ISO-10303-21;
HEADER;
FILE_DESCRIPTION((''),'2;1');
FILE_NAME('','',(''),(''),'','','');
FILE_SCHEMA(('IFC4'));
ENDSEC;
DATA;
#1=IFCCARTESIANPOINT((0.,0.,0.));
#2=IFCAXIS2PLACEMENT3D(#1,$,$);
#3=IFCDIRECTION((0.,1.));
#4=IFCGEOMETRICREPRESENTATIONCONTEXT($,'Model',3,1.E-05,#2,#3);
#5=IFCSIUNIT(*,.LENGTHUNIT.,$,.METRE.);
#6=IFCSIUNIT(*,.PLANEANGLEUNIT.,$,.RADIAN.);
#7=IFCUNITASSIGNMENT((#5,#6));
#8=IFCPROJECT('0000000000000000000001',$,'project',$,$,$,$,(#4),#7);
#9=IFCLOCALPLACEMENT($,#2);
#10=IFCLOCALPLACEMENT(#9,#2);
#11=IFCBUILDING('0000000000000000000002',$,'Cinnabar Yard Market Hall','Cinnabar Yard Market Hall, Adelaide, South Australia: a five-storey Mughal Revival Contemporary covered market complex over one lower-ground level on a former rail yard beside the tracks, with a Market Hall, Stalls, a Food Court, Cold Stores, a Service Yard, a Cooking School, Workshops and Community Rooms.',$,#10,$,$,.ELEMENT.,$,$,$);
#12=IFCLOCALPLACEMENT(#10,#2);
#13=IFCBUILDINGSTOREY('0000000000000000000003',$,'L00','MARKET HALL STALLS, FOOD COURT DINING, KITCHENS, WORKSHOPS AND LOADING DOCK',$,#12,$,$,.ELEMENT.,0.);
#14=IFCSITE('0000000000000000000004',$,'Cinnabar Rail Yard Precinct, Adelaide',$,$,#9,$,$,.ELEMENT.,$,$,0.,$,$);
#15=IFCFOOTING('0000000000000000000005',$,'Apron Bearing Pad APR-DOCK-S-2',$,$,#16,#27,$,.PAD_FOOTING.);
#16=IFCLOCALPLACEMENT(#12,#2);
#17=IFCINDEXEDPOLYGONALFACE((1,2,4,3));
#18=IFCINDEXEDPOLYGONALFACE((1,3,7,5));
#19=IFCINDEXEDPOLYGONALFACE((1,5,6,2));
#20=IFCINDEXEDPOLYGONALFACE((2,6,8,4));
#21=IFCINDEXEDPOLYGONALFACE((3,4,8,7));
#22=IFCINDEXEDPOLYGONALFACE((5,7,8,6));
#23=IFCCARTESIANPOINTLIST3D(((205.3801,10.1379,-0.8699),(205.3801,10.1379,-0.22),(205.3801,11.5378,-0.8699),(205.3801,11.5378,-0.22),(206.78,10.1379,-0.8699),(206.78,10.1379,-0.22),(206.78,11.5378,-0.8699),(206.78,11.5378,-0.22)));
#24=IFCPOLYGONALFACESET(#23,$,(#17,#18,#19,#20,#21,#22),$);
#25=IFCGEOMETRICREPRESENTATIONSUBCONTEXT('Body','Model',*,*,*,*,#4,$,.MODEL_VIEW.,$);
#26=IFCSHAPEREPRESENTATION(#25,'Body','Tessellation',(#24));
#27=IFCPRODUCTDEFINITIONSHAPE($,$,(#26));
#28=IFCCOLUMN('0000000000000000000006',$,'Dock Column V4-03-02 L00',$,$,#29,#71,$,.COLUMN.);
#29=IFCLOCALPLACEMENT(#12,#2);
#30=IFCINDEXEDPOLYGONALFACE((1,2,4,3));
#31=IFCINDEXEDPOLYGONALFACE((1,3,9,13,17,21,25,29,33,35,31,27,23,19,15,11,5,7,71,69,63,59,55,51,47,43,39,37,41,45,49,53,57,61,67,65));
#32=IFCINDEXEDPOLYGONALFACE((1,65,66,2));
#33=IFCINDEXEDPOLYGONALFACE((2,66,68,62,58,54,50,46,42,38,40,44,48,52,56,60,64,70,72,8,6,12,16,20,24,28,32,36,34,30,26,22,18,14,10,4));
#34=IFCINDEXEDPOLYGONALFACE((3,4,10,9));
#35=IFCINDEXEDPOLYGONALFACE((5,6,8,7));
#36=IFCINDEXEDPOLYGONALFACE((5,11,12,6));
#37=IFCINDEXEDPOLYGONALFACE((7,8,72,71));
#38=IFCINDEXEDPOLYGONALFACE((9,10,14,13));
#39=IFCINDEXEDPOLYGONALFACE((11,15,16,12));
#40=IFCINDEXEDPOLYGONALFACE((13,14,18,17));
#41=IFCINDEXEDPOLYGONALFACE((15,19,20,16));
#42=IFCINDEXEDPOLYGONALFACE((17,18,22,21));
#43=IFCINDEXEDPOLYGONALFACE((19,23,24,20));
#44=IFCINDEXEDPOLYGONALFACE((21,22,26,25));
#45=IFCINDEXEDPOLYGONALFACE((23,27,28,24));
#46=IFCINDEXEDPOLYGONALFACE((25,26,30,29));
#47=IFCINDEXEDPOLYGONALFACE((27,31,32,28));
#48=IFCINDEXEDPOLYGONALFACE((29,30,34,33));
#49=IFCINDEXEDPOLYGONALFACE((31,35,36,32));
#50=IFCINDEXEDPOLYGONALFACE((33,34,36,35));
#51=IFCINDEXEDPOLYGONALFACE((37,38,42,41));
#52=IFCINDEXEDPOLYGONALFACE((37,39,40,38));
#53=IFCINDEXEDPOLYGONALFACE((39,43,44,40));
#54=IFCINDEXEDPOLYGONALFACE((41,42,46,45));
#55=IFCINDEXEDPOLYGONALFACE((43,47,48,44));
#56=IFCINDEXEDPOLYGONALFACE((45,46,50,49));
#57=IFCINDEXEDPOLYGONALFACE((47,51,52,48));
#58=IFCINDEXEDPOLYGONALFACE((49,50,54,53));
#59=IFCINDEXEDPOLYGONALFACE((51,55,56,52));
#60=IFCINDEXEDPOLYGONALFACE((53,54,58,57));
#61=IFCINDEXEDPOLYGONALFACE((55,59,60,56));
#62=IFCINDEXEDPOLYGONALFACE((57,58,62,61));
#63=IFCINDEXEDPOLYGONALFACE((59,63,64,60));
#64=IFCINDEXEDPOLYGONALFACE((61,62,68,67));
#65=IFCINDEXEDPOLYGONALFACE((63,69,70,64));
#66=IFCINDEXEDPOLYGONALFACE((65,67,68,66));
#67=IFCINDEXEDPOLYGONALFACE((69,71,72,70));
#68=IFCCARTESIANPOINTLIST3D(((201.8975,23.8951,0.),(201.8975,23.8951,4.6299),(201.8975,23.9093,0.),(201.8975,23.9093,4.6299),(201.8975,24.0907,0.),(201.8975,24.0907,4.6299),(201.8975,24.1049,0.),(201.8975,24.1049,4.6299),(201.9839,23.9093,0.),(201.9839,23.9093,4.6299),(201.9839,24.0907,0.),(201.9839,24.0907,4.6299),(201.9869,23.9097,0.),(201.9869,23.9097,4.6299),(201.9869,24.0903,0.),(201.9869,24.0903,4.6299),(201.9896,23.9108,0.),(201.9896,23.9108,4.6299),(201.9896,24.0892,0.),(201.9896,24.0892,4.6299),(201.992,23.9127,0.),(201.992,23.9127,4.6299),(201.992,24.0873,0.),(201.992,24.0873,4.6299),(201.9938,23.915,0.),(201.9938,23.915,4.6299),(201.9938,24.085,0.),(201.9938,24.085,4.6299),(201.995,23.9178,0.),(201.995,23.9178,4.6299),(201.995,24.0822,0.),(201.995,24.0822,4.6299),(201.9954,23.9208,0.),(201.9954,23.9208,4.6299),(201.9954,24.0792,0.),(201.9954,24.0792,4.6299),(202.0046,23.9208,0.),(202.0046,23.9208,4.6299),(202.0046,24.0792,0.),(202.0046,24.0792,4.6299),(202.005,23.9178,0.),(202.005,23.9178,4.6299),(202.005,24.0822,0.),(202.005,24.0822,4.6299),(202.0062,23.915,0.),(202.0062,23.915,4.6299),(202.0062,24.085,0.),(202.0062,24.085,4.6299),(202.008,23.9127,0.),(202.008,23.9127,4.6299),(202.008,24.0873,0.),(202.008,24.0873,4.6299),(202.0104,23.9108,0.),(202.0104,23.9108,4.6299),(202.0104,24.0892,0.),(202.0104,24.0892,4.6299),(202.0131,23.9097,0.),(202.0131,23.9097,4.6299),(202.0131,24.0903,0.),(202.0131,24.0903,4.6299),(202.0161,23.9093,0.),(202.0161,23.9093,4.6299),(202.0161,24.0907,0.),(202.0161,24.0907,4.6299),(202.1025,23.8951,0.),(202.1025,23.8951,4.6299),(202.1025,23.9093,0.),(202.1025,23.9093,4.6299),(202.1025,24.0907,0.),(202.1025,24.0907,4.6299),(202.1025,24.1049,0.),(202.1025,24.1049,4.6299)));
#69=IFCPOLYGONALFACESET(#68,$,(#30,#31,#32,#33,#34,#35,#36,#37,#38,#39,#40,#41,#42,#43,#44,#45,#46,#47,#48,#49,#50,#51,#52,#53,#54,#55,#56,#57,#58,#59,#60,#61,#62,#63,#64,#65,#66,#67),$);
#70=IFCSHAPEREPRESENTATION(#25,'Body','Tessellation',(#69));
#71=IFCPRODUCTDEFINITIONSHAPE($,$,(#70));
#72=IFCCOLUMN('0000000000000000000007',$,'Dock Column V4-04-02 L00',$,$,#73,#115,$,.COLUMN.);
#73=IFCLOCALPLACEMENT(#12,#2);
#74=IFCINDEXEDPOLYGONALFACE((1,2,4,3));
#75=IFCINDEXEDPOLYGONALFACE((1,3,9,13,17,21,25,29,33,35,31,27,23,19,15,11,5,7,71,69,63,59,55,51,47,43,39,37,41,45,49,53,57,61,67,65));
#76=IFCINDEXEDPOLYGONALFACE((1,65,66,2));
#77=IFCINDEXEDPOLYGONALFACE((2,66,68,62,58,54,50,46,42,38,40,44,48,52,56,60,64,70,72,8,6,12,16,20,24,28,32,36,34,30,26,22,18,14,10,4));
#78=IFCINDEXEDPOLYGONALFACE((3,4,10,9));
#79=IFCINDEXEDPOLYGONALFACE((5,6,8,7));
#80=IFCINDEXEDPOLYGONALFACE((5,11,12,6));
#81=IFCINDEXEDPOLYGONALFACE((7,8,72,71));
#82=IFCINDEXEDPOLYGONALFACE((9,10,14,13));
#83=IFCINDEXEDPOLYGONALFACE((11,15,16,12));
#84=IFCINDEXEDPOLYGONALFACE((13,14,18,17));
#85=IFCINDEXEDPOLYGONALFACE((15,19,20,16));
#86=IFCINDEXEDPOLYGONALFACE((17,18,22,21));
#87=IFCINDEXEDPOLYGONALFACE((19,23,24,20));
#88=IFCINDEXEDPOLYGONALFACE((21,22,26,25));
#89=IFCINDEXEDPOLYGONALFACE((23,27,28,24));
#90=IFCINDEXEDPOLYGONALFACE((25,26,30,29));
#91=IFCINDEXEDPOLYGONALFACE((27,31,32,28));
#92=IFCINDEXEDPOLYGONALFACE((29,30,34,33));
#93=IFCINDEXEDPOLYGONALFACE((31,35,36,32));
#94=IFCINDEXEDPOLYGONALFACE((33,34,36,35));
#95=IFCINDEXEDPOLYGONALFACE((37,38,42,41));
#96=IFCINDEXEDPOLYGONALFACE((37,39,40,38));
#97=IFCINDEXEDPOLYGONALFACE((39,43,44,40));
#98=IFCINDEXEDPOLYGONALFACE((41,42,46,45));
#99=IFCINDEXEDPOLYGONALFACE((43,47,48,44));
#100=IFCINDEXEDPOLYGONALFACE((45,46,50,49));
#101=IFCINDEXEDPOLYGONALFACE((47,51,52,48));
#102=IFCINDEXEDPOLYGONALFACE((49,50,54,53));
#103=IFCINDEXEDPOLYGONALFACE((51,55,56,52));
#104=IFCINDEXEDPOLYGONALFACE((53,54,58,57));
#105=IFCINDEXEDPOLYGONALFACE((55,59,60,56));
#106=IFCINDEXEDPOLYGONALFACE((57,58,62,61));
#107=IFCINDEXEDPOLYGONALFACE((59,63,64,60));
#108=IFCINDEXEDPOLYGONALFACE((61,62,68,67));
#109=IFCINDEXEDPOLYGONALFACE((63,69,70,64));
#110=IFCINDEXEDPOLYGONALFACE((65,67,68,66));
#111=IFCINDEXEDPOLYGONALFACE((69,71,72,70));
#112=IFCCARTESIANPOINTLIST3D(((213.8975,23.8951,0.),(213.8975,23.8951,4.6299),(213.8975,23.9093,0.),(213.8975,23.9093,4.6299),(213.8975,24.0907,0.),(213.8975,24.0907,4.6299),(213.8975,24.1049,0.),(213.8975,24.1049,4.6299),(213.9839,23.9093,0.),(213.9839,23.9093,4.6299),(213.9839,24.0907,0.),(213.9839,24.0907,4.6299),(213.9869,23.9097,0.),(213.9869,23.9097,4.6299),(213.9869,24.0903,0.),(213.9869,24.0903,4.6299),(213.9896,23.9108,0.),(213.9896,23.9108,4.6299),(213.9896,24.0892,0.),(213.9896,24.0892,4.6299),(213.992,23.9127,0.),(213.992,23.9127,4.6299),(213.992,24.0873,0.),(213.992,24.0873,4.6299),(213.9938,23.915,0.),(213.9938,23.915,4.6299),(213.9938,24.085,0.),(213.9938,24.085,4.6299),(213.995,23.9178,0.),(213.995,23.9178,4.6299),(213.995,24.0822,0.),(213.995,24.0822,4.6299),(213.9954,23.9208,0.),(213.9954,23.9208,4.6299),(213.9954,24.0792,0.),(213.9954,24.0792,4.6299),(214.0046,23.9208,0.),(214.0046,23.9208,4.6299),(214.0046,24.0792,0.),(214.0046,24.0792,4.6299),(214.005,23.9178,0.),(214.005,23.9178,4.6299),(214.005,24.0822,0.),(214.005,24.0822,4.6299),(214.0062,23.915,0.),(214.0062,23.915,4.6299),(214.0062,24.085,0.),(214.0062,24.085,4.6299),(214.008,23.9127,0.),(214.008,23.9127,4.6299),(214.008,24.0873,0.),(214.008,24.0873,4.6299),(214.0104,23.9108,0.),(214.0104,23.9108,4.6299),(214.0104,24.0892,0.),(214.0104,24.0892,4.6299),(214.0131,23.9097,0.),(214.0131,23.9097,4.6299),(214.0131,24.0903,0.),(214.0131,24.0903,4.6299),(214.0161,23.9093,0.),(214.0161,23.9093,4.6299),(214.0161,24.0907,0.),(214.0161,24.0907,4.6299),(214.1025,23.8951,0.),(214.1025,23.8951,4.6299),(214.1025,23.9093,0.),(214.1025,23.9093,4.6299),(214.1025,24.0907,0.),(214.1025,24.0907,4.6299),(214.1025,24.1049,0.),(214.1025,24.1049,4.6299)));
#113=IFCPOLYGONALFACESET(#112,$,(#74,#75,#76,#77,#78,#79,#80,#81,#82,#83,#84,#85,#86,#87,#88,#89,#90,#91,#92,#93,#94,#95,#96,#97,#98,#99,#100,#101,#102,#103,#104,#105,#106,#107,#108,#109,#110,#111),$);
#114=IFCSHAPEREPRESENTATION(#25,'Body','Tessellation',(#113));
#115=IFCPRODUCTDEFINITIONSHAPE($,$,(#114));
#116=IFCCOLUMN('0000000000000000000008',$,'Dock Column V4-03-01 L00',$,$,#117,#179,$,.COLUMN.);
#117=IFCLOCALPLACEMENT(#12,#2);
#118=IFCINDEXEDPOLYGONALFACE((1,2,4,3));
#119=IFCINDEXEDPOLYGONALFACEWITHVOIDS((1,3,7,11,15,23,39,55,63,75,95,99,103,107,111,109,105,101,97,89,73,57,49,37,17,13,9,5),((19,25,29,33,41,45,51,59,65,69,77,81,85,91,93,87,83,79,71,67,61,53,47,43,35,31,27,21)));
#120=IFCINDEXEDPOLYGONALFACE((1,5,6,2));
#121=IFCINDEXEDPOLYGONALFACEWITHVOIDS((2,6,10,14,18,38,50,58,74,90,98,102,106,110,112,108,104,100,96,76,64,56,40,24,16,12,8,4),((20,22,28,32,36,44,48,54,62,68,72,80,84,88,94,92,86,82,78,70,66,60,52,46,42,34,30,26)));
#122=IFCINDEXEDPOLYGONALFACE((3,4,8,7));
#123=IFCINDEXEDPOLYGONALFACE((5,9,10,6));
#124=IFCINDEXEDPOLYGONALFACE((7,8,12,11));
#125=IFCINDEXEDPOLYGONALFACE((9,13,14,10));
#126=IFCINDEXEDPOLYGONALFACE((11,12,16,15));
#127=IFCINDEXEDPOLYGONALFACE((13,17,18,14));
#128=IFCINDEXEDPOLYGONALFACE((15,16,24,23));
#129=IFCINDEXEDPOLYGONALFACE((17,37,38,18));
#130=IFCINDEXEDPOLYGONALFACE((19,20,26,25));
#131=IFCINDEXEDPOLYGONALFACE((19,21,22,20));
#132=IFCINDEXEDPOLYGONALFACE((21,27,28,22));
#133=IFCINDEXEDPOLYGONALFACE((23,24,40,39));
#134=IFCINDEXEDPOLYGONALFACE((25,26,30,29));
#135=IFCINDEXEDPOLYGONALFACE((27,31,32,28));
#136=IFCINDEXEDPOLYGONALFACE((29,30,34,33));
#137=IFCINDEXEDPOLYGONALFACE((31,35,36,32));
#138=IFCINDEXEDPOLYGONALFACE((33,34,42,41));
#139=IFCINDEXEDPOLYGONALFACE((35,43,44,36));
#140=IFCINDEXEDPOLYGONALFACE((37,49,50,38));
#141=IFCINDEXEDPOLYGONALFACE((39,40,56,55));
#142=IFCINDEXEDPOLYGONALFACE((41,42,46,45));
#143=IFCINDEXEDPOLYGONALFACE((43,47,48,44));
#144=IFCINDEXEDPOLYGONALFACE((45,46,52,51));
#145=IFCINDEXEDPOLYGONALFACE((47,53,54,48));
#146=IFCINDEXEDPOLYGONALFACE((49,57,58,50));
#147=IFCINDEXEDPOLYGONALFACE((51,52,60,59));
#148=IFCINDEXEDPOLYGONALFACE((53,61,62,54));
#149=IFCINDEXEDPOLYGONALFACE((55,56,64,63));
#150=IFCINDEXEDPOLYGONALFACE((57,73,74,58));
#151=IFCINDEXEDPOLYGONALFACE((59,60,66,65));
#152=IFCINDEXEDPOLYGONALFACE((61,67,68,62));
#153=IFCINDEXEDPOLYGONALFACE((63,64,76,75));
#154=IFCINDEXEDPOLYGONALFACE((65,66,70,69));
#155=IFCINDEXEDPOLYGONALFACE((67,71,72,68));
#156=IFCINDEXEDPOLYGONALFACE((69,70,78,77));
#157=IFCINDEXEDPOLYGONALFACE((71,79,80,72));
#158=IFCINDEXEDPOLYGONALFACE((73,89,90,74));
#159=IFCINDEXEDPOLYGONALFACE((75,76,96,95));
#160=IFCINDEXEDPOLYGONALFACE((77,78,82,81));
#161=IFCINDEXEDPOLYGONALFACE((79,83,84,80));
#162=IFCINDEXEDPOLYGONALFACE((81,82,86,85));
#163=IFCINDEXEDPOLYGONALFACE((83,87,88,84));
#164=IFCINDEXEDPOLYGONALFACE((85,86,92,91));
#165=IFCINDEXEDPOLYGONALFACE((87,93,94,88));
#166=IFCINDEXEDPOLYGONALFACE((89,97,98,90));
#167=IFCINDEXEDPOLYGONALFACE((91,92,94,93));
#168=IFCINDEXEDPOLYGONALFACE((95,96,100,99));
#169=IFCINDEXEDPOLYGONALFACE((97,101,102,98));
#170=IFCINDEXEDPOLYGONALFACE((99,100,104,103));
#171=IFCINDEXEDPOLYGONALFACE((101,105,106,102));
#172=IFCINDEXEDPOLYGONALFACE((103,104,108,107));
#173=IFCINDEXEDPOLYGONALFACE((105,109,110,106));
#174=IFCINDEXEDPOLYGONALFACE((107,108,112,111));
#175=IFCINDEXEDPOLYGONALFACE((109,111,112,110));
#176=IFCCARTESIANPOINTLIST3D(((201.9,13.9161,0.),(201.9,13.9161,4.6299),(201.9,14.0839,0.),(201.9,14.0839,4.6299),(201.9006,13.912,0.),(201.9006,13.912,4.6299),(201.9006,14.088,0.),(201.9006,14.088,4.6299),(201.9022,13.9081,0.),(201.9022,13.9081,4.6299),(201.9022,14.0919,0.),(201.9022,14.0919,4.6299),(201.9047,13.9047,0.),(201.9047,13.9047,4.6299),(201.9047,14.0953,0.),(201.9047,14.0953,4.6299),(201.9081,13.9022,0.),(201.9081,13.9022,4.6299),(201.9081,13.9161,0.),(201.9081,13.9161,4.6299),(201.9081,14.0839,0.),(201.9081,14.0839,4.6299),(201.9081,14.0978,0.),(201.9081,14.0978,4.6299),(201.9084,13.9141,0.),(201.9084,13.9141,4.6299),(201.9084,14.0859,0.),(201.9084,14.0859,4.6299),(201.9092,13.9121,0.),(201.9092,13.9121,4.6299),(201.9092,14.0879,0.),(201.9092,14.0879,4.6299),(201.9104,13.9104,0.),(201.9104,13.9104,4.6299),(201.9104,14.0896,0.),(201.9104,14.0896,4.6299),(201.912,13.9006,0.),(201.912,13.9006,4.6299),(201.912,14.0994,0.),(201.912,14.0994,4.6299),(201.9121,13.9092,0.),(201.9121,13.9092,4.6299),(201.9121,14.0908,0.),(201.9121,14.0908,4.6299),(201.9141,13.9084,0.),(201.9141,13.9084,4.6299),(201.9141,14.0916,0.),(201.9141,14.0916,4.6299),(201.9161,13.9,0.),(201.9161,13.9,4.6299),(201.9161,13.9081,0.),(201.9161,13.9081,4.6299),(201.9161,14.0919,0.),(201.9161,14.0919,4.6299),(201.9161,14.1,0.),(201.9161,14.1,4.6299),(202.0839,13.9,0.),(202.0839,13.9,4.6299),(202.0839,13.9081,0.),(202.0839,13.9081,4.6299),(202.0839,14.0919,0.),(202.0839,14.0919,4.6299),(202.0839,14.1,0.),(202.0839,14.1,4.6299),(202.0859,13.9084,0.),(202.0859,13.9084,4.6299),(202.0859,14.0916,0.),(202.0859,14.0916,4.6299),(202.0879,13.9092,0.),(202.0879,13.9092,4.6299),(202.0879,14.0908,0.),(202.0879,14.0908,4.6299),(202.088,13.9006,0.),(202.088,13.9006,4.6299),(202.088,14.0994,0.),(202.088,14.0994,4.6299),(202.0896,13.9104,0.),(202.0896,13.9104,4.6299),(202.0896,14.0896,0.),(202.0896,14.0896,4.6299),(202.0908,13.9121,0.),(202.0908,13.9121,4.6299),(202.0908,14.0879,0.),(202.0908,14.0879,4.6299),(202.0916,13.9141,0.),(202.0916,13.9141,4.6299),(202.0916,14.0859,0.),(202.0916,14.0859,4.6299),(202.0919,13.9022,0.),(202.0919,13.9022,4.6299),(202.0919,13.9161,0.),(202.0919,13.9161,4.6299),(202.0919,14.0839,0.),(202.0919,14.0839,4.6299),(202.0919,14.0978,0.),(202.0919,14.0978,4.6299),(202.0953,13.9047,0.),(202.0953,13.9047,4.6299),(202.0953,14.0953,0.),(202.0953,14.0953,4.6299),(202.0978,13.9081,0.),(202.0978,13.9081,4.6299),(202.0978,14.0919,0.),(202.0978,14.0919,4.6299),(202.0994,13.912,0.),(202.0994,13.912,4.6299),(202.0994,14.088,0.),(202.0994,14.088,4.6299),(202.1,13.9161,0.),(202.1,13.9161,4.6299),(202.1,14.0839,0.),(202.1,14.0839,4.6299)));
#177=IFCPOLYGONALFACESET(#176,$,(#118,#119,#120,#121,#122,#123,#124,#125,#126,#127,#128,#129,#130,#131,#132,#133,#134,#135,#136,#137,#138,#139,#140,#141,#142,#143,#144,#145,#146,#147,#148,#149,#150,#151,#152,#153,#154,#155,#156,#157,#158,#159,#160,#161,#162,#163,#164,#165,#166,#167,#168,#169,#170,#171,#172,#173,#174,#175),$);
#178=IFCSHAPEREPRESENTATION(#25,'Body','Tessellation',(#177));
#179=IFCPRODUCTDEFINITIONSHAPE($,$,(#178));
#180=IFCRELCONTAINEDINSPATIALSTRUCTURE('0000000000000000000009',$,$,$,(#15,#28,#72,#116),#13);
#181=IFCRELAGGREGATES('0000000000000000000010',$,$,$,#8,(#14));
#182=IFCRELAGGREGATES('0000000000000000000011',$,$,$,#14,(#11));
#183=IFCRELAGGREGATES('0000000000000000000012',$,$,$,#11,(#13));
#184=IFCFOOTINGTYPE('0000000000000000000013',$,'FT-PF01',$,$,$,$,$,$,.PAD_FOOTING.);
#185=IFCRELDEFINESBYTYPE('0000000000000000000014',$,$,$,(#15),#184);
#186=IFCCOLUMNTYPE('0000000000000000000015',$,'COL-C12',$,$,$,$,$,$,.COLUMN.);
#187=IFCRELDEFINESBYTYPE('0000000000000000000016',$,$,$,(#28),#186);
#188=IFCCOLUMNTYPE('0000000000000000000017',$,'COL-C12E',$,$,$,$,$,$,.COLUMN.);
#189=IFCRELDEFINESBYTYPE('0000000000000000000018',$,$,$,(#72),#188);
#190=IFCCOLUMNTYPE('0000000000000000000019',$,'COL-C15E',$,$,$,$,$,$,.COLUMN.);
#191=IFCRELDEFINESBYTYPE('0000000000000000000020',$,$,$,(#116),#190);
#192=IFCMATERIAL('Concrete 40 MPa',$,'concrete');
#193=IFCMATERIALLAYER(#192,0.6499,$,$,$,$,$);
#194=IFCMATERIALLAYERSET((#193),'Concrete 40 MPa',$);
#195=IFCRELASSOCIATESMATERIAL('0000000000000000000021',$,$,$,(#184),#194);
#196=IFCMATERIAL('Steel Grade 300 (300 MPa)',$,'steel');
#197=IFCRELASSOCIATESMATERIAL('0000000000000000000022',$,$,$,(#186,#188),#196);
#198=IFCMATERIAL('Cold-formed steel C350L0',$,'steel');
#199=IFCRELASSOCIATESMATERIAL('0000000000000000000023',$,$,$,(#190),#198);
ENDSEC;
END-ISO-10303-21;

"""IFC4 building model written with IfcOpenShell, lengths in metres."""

from ifc_helpers import new_model, si_unit, direction, frame, origin, origin_2d_with_axis, place, context, subcontext, project, spatial, rectangle, hollow_rectangle, i_section, extrude, material, layer, layer_set, material_profile, profile_set, type_object, element, save


model = new_model("IFC4")

# Units and contexts
model_context = context("Model", 3, precision=1e-05, world=origin(), true_north=direction((0.0, 1.0)))
body_context = subcontext(model_context, "Body", "Model", "MODEL_VIEW")
ifc_project = project(units=[si_unit("LENGTHUNIT", "METRE"), si_unit("PLANEANGLEUNIT", "RADIAN")], contexts=[model_context])

# Site, building, storey
site_placement = place(None, origin())
site = spatial("IfcSite", under=ifc_project, at=site_placement, Name="Cinnabar Rail Yard Precinct, Adelaide", CompositionType="ELEMENT", RefElevation=0.0)
building_placement = place(site_placement, origin())
building = spatial("IfcBuilding", under=site, at=building_placement, Name="Cinnabar Yard Market Hall", Description="Cinnabar Yard Market Hall, Adelaide, South Australia: a five-storey Mughal Revival Contemporary covered market complex over one lower-ground level on a former rail yard beside the tracks, with a Market Hall, Stalls, a Food Court, Cold Stores, a Service Yard, a Cooking School, Workshops and Community Rooms.", CompositionType="ELEMENT")
storey_placement = place(building_placement, origin())
storey = spatial("IfcBuildingStorey", under=building, at=storey_placement, Name="L00", Description="MARKET HALL STALLS, FOOD COURT DINING, KITCHENS, WORKSHOPS AND LOADING DOCK", CompositionType="ELEMENT", Elevation=0.0)

# Footing
ifc_material_1 = material(Name="Concrete 40 MPa", Category="concrete")
ifc_layer_1 = layer(ifc_material_1, 0.6499)
ifc_layer_set_1 = layer_set([ifc_layer_1], Name="Concrete 40 MPa")
footing_type = type_object("IfcFootingType", Name="FT-PF01", PredefinedType="PAD_FOOTING", material=ifc_layer_set_1)
footing_placement = place(storey_placement, frame((206.0801, 10.8379, -0.8699), z_axis=(0.0, 0.0, 1.0), x_axis=(1.0, 0.0, 0.0)))
element("IfcFooting", 1, at=footing_placement, inside=storey, type_object=footing_type, Name="Apron Bearing Pad APR-DOCK-S-2", PredefinedType="PAD_FOOTING", context=body_context, shape_type="SweptSolid", body=[
    extrude(rectangle(XDim=1.3999, YDim=1.3999, at=origin_2d_with_axis()), origin(), (0.0, 0.0, 1.0), 0.6499),
])

# Columns
ifc_material_2 = material(Name="Steel Grade 300 (300 MPa)", Category="steel")
ifc_material_profile_1 = material_profile(ifc_material_2, i_section(OverallWidth=0.2051, OverallDepth=0.2097, WebThickness=0.0093, FlangeThickness=0.0142, FilletRadius=0.0115, at=origin_2d_with_axis()), Name="200UC59.5")
ifc_profile_set_1 = profile_set([ifc_material_profile_1], Name="Steel Grade 300 (300 MPa)")
column_type_1 = type_object("IfcColumnType", Name="COL-C12", PredefinedType="COLUMN", material=ifc_profile_set_1)
column_1_placement = place(storey_placement, frame((202.0, 24.0, 0.0), z_axis=(0.0, 0.0, 1.0), x_axis=(1.0, 0.0, 0.0)))
element("IfcColumn", 2, at=column_1_placement, inside=storey, type_object=column_type_1, Name="Dock Column V4-03-02 L00", PredefinedType="COLUMN", context=body_context, shape_type="SweptSolid", body=[
    extrude(i_section(OverallWidth=0.2051, OverallDepth=0.2097, WebThickness=0.0093, FlangeThickness=0.0142, FilletRadius=0.0115, at=origin_2d_with_axis()), origin(), (0.0, 0.0, 1.0), 4.6299),
])
ifc_material_profile_2 = material_profile(ifc_material_2, i_section(OverallWidth=0.2051, OverallDepth=0.2097, WebThickness=0.0093, FlangeThickness=0.0142, FilletRadius=0.0115, at=origin_2d_with_axis()), Name="200UC59.5")
ifc_profile_set_2 = profile_set([ifc_material_profile_2], Name="Steel Grade 300 (300 MPa)")
column_type_2 = type_object("IfcColumnType", Name="COL-C12E", PredefinedType="COLUMN", material=ifc_profile_set_2)
column_2_placement = place(storey_placement, frame((214.0, 24.0, 0.0), z_axis=(0.0, 0.0, 1.0), x_axis=(1.0, 0.0, 0.0)))
element("IfcColumn", 3, at=column_2_placement, inside=storey, type_object=column_type_2, Name="Dock Column V4-04-02 L00", PredefinedType="COLUMN", context=body_context, shape_type="SweptSolid", body=[
    extrude(i_section(OverallWidth=0.2051, OverallDepth=0.2097, WebThickness=0.0093, FlangeThickness=0.0142, FilletRadius=0.0115, at=origin_2d_with_axis()), origin(), (0.0, 0.0, 1.0), 4.6299),
])
ifc_material_3 = material(Name="Cold-formed steel C350L0", Category="steel")
ifc_material_profile_3 = material_profile(ifc_material_3, hollow_rectangle(XDim=0.2, YDim=0.2, WallThickness=0.0081, InnerFilletRadius=0.0081, OuterFilletRadius=0.0161, at=origin_2d_with_axis()), Name="200x200x8.0SHS")
ifc_profile_set_3 = profile_set([ifc_material_profile_3], Name="Cold-formed steel C350L0")
column_type_3 = type_object("IfcColumnType", Name="COL-C15E", PredefinedType="COLUMN", material=ifc_profile_set_3)
for number, where, z_axis, x_axis, name in (
    (4, (202.0, 14.0, 0.0), (0.0, 0.0, 1.0), (1.0, 0.0, 0.0), "Dock Column V4-03-01 L00"),
):
    element("IfcColumn", number, at=place(storey_placement, frame(where, z_axis=z_axis, x_axis=x_axis)), inside=storey, type_object=column_type_3, Name=name, PredefinedType="COLUMN", context=body_context, shape_type="SweptSolid", body=[
        extrude(hollow_rectangle(XDim=0.2, YDim=0.2, WallThickness=0.0081, InnerFilletRadius=0.0081, OuterFilletRadius=0.0161, at=origin_2d_with_axis()), origin(), (0.0, 0.0, 1.0), 4.6299),
    ])

save(model, "model.ifc")
